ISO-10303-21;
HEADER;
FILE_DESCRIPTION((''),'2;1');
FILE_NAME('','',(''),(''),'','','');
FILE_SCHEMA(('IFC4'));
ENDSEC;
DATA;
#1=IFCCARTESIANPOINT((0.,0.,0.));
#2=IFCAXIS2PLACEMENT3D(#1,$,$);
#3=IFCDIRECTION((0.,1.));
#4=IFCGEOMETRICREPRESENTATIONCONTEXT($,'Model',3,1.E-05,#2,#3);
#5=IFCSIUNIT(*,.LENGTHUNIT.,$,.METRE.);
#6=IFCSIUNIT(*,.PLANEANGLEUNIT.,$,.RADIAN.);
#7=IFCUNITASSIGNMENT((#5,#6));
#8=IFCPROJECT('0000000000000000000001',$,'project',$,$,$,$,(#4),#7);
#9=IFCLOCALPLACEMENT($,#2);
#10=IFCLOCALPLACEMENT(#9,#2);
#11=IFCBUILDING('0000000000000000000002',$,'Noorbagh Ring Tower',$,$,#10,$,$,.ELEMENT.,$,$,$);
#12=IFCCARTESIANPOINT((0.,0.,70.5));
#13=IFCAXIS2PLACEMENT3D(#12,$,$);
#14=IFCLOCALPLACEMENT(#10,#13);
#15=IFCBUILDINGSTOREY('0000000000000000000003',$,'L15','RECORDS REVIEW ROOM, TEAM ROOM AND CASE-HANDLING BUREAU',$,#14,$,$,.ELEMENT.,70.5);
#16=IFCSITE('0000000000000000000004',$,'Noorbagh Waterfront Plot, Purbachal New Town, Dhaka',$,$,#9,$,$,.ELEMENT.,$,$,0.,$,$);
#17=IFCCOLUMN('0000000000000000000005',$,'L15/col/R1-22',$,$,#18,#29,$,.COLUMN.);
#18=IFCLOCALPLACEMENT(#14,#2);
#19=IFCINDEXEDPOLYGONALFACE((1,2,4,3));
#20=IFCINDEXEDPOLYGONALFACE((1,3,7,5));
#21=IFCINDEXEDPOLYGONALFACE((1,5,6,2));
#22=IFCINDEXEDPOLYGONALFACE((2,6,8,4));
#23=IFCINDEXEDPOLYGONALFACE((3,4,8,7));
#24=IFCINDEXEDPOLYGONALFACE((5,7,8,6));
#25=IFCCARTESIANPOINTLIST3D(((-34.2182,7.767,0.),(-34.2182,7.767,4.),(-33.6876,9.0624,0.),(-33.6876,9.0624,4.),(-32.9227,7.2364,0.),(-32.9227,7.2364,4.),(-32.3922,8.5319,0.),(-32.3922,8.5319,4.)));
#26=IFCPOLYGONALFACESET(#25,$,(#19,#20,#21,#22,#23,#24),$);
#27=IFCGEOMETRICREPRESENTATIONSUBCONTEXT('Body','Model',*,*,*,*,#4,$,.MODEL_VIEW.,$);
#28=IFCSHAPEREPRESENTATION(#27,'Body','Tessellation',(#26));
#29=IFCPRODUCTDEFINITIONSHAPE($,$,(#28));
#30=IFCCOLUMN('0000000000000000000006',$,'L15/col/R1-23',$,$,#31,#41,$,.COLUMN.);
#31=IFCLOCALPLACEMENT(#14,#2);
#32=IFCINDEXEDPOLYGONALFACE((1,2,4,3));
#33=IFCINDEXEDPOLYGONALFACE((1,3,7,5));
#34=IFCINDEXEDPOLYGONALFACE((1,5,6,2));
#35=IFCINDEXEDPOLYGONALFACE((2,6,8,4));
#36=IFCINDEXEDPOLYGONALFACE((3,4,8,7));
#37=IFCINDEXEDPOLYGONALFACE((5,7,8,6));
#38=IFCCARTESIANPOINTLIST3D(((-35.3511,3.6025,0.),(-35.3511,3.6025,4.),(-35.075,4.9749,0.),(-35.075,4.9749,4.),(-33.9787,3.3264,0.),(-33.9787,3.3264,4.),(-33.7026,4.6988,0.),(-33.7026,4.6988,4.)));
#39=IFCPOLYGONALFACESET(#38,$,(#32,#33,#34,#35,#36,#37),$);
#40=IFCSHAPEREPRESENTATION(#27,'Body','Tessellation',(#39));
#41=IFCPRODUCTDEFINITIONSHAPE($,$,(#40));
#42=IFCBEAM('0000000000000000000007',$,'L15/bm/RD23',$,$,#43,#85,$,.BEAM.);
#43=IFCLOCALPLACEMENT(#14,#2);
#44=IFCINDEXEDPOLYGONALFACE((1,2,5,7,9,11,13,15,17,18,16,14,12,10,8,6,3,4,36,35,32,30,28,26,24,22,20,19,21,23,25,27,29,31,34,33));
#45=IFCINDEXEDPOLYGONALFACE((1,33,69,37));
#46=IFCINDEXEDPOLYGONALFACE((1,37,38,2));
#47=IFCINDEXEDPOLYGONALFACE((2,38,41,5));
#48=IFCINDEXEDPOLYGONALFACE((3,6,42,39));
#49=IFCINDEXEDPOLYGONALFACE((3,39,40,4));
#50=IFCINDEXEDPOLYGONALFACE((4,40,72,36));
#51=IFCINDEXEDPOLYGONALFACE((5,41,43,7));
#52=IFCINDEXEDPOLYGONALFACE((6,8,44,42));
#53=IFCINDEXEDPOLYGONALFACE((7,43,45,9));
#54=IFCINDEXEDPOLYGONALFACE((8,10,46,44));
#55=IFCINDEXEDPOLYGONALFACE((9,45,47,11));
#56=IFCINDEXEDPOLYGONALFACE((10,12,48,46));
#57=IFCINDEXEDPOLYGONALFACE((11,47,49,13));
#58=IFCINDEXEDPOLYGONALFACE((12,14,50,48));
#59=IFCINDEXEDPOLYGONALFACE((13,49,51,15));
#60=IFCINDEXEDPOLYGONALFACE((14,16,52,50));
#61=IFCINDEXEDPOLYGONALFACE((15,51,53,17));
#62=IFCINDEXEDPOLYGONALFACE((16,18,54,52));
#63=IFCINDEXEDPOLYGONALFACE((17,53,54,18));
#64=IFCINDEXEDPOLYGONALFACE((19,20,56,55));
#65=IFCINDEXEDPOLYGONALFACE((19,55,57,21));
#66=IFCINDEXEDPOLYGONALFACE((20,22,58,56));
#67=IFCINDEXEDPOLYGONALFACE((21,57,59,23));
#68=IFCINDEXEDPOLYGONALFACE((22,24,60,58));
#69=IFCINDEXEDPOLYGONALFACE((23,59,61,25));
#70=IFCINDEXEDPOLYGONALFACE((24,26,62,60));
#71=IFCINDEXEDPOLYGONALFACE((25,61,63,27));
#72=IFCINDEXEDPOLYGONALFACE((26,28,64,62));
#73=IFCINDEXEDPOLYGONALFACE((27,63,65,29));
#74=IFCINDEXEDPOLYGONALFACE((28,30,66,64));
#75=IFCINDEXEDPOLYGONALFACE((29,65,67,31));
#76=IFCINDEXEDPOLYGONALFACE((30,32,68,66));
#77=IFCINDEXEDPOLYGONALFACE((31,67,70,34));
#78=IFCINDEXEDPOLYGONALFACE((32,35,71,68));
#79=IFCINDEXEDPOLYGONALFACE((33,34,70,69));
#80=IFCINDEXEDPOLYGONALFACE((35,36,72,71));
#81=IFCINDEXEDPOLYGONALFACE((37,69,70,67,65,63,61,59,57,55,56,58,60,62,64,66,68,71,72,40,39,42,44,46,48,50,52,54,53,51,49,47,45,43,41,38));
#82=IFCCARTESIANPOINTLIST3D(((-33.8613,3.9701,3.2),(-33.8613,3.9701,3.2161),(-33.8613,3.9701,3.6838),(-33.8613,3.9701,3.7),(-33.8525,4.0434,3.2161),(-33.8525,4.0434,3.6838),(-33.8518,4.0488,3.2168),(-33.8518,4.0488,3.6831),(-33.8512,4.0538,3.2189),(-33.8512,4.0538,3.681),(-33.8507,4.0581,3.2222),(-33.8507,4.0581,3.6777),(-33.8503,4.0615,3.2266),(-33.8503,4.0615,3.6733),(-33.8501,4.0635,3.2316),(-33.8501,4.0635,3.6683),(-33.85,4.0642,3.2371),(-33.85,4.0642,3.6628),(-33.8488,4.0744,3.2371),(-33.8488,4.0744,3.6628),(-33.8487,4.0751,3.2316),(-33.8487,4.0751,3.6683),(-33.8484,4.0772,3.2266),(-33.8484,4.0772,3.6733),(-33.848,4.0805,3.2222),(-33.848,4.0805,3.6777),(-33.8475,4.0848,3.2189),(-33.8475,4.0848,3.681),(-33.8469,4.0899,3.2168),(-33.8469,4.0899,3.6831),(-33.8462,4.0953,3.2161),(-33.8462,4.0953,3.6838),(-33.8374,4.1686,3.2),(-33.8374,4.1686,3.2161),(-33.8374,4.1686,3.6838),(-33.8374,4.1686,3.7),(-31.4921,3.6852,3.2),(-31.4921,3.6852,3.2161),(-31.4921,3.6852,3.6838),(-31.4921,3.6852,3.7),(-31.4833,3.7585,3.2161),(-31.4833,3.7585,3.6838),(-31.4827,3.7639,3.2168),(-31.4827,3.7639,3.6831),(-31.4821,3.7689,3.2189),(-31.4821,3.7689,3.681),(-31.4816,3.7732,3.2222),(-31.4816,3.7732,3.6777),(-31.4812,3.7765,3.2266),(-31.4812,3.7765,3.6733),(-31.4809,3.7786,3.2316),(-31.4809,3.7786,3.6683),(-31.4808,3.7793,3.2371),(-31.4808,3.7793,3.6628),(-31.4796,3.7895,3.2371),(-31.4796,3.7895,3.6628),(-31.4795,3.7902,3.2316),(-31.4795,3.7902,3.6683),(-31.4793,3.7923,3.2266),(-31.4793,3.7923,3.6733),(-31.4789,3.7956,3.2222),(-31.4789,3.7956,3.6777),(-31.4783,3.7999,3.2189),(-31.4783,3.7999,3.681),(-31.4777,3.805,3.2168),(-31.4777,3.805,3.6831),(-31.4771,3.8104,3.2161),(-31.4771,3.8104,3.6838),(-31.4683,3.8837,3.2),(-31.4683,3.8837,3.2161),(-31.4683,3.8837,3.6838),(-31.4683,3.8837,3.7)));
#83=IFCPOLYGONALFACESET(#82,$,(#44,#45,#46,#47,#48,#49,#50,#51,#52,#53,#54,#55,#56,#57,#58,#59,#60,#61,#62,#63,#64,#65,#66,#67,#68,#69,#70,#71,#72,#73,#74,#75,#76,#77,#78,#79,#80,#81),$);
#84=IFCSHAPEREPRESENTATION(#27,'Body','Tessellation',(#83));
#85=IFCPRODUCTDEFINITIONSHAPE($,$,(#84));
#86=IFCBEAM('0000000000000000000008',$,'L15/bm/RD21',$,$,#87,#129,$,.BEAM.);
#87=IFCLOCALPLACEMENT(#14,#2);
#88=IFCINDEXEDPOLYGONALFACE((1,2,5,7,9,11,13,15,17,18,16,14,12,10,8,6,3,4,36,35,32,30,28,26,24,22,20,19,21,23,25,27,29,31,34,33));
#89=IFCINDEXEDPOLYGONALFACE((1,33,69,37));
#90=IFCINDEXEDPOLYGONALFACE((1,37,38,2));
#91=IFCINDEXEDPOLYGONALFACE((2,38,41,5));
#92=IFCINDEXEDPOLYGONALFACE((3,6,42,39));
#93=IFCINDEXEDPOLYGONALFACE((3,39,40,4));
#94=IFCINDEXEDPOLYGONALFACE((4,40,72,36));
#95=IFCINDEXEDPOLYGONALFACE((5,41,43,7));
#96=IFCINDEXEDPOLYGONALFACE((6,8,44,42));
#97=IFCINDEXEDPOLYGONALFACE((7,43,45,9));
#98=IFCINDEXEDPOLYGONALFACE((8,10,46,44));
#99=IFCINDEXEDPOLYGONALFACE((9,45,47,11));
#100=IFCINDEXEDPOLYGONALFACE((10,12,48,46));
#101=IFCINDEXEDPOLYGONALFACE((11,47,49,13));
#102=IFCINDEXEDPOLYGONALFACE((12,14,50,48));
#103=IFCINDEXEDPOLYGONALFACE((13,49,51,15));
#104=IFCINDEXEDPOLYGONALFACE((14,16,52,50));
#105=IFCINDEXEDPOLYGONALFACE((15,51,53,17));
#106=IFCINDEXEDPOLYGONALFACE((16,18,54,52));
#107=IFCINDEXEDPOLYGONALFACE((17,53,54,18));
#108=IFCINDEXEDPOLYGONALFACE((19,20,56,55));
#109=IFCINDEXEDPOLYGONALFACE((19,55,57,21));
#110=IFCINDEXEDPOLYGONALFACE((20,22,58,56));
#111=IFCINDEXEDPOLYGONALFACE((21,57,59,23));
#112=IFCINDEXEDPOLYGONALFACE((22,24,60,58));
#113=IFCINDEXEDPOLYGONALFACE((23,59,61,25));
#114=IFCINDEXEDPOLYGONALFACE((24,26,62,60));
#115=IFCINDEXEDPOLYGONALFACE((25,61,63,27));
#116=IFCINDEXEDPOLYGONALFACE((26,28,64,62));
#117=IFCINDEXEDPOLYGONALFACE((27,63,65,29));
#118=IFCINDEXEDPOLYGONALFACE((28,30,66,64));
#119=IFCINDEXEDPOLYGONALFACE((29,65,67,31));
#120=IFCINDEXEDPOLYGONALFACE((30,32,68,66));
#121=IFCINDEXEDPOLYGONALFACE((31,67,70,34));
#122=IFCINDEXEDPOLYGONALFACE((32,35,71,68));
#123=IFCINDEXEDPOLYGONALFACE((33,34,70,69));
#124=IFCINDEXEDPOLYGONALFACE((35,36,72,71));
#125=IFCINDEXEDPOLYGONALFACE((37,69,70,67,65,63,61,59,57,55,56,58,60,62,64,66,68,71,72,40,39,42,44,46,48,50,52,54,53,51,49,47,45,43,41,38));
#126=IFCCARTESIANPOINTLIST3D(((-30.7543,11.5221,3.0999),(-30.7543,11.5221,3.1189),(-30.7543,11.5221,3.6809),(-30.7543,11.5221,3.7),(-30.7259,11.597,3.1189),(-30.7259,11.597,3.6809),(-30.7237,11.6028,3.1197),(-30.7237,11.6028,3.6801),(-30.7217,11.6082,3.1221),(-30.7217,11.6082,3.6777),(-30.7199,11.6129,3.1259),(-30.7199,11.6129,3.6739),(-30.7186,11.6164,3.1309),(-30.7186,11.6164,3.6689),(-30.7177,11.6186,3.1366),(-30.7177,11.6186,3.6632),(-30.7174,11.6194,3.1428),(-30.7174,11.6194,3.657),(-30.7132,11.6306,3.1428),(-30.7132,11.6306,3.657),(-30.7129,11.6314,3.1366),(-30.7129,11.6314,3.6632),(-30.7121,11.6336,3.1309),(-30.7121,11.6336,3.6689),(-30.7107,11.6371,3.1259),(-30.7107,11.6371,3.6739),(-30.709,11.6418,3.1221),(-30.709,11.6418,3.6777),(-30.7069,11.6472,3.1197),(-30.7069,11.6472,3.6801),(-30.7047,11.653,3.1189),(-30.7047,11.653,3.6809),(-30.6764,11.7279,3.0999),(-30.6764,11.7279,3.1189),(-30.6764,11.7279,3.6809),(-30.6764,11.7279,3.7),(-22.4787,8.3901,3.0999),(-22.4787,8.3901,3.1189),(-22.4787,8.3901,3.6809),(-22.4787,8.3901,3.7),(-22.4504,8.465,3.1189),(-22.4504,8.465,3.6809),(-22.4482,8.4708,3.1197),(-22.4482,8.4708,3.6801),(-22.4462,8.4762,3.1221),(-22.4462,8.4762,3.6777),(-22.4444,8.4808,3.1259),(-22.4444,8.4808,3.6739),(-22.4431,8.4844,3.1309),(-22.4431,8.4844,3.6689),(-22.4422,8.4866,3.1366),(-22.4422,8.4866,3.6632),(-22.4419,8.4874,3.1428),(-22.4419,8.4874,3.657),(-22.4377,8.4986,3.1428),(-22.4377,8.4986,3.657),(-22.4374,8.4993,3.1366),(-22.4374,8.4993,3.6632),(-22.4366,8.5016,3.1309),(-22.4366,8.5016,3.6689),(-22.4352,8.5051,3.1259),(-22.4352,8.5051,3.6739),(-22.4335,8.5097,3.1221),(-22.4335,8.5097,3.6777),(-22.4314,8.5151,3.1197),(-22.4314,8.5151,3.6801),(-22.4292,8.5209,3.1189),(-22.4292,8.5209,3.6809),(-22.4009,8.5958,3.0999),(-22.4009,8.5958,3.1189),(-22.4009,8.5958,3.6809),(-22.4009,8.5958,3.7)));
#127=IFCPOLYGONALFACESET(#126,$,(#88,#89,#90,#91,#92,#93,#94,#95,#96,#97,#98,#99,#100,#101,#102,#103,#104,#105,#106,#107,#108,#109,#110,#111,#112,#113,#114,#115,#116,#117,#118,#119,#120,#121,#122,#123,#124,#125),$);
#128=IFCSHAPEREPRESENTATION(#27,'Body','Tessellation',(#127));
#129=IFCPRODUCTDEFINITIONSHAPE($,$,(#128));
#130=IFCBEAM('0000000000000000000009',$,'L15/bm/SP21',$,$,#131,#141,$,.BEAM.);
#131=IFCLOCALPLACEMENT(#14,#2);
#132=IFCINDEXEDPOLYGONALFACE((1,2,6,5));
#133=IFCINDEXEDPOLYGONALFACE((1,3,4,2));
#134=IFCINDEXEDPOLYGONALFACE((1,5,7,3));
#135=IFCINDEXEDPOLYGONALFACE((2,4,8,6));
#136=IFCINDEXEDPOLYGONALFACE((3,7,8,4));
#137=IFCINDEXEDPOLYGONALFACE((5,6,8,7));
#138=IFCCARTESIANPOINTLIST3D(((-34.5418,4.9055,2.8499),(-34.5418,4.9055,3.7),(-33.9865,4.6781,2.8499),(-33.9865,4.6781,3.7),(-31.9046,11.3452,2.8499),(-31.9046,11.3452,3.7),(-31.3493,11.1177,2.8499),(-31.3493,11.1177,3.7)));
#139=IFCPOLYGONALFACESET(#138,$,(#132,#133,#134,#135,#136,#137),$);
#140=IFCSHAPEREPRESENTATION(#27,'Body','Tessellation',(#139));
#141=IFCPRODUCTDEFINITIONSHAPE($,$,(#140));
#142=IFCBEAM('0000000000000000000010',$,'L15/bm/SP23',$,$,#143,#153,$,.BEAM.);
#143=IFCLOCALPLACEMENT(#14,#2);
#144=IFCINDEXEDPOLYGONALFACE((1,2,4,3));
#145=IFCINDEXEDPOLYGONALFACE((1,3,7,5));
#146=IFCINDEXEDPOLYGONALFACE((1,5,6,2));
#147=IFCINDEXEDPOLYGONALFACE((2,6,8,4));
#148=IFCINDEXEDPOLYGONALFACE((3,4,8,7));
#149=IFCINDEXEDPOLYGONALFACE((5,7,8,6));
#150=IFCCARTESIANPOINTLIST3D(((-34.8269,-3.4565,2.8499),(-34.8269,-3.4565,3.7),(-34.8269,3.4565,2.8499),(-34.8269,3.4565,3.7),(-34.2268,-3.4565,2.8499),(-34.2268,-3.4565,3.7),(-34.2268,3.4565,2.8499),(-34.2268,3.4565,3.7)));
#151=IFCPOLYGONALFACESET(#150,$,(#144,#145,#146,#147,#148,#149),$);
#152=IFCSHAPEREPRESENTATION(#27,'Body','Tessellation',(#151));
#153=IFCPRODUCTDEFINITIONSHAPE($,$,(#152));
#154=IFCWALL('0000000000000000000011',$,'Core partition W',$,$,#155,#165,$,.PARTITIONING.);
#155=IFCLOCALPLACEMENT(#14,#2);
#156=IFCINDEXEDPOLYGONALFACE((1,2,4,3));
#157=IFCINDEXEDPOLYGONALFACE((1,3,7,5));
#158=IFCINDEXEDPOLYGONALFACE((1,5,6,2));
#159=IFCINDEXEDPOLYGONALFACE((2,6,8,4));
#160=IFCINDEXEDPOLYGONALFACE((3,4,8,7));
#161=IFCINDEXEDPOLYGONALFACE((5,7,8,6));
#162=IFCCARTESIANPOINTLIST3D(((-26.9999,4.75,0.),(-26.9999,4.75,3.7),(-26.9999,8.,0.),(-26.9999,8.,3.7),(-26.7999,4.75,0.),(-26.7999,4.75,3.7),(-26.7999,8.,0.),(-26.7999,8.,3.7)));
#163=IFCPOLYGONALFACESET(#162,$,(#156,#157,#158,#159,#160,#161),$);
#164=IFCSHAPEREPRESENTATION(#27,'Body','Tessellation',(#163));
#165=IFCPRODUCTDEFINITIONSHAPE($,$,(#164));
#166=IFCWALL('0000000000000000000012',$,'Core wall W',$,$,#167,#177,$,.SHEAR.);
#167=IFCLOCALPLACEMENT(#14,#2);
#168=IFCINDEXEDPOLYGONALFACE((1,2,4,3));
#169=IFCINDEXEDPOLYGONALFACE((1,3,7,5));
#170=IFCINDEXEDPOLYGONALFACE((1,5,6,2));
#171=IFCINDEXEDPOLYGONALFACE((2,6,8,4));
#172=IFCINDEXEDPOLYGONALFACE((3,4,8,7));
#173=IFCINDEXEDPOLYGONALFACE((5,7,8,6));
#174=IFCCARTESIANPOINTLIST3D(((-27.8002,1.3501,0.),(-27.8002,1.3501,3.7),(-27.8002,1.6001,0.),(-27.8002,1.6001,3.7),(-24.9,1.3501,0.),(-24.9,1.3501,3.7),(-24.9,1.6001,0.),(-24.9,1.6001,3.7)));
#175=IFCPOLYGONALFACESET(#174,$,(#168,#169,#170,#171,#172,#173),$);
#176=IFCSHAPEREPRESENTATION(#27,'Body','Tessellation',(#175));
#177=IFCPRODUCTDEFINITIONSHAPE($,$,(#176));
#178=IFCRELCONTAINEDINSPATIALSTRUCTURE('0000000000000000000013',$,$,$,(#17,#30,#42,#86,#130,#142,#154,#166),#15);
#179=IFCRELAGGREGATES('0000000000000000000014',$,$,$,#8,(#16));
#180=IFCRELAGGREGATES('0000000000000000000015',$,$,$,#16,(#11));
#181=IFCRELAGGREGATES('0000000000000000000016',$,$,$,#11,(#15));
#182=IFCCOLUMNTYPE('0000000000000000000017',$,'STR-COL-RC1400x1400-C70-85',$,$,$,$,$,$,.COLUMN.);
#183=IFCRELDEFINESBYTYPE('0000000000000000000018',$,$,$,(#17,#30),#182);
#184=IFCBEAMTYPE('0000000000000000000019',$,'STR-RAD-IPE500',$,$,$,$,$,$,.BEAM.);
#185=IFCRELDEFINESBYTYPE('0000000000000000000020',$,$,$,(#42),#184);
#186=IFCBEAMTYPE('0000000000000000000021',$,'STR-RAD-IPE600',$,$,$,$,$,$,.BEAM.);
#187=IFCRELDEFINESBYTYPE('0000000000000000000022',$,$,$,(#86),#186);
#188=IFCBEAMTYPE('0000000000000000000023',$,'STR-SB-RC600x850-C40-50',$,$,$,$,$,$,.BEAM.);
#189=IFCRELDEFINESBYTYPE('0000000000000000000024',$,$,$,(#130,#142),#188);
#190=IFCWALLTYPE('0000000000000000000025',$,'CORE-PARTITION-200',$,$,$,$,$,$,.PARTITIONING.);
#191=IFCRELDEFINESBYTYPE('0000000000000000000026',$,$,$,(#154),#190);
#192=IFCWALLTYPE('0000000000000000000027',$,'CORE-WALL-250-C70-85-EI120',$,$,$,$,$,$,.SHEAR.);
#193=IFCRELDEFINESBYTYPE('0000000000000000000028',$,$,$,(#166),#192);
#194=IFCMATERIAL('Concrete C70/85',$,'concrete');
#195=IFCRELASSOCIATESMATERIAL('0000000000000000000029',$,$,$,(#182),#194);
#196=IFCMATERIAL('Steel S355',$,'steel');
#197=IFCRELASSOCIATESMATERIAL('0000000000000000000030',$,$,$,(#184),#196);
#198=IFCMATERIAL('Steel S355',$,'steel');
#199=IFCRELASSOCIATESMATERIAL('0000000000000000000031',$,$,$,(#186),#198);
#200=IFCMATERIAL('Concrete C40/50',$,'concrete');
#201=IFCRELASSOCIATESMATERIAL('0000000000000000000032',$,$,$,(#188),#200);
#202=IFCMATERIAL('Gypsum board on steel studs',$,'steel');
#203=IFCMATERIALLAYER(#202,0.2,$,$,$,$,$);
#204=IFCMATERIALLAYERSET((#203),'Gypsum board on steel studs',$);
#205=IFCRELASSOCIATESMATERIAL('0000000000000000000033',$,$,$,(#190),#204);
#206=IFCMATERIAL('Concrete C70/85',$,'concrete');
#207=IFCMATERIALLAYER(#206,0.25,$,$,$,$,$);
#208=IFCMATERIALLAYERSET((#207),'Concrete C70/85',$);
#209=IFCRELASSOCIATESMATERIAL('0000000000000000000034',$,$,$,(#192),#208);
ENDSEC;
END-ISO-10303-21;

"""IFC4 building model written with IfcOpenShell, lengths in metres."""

from ifc_helpers import new_model, si_unit, direction, frame, frame_2d, origin, origin_2d, place, context, subcontext, project, spatial, rectangle, i_section, extrude, material, layer, layer_set, material_profile, profile_set, type_object, element, save


model = new_model("IFC4")

# Units and contexts
model_context = context("Model", 3, precision=1e-05, world=origin(), true_north=direction((0.0, 1.0)))
body_context = subcontext(model_context, "Body", "Model", "MODEL_VIEW")
ifc_project = project(units=[si_unit("LENGTHUNIT", "METRE"), si_unit("PLANEANGLEUNIT", "RADIAN")], contexts=[model_context])

# Site, building, storey
site_placement = place(None, origin())
site = spatial("IfcSite", under=ifc_project, at=site_placement, Name="Noorbagh Waterfront Plot, Purbachal New Town, Dhaka", CompositionType="ELEMENT", RefElevation=0.0)
building_placement = place(site_placement, origin())
building = spatial("IfcBuilding", under=site, at=building_placement, Name="Noorbagh Ring Tower", CompositionType="ELEMENT")
storey_placement = place(building_placement, frame((0.0, 0.0, 70.5)))
storey = spatial("IfcBuildingStorey", under=building, at=storey_placement, Name="L15", Description="RECORDS REVIEW ROOM, TEAM ROOM AND CASE-HANDLING BUREAU", CompositionType="ELEMENT", Elevation=70.5)

# Columns
ifc_material_1 = material(Name="Concrete C70/85", Category="concrete")
ifc_material_profile_1 = material_profile(ifc_material_1, rectangle(XDim=1.3999, YDim=1.3999, at=origin_2d()), Name="RC1400x1400")
ifc_profile_set_1 = profile_set([ifc_material_profile_1], Name="Concrete C70/85")
column_type = type_object("IfcColumnType", Name="STR-COL-RC1400x1400-C70-85", PredefinedType="COLUMN", material=ifc_profile_set_1)
for number, where, z_axis, x_axis, name in (
    (1, (-33.3052, 8.1494, 0.0), (0.0, 0.0, 1.0), (-0.378989, -0.925401, 0.0), "L15/col/R1-22"),
    (2, (-34.5269, 4.1506, 0.0), (0.0, 0.0, 1.0), (-0.19723, -0.980357, 0.0), "L15/col/R1-23"),
):
    element("IfcColumn", number, at=place(storey_placement, frame(where, z_axis=z_axis, x_axis=x_axis)), inside=storey, type_object=column_type, Name=name, PredefinedType="COLUMN", context=body_context, shape_type="SweptSolid", body=[
        extrude(rectangle(XDim=1.3999, YDim=1.3999, at=origin_2d()), origin(), (0.0, 0.0, 1.0), 4.0),
    ])

# Beams
ifc_material_2 = material(Name="Steel S355", Category="steel")
ifc_material_profile_2 = material_profile(ifc_material_2, i_section(OverallWidth=0.2, OverallDepth=0.5, WebThickness=0.0103, FlangeThickness=0.0161, FilletRadius=0.021, at=origin_2d()), Name="IPE500")
ifc_profile_set_2 = profile_set([ifc_material_profile_2], Name="Steel S355")
beam_type_1 = type_object("IfcBeamType", Name="STR-RAD-IPE500", PredefinedType="BEAM", material=ifc_profile_set_2)
beam_1_placement = place(storey_placement, frame((-33.8494, 4.0693, 3.45), z_axis=(0.992846, -0.119399, 0.0), x_axis=(0.119399, 0.992846, 0.0)))
element("IfcBeam", 3, at=beam_1_placement, inside=storey, type_object=beam_type_1, Name="L15/bm/RD23", PredefinedType="BEAM", context=body_context, shape_type="SweptSolid", body=[
    extrude(i_section(OverallWidth=0.2, OverallDepth=0.5, WebThickness=0.0103, FlangeThickness=0.0161, FilletRadius=0.021, at=origin_2d()), origin(), (0.0, 0.0, 1.0), 2.3862),
])
ifc_material_3 = material(Name="Steel S355", Category="steel")
ifc_material_profile_3 = material_profile(ifc_material_3, i_section(OverallWidth=0.22, OverallDepth=0.6001, WebThickness=0.012, FlangeThickness=0.019, FilletRadius=0.0239, at=origin_2d()), Name="IPE600")
ifc_profile_set_3 = profile_set([ifc_material_profile_3], Name="Steel S355")
beam_type_2 = type_object("IfcBeamType", Name="STR-RAD-IPE600", PredefinedType="BEAM", material=ifc_profile_set_3)
beam_2_placement = place(storey_placement, frame((-30.7153, 11.625, 3.3999), z_axis=(0.935258, -0.353967, 0.0), x_axis=(0.353967, 0.935258, 0.0)))
element("IfcBeam", 4, at=beam_2_placement, inside=storey, type_object=beam_type_2, Name="L15/bm/RD21", PredefinedType="BEAM", context=body_context, shape_type="SweptSolid", body=[
    extrude(i_section(OverallWidth=0.22, OverallDepth=0.6001, WebThickness=0.012, FlangeThickness=0.019, FilletRadius=0.0239, at=origin_2d()), origin(), (0.0, 0.0, 1.0), 8.8484),
])
ifc_material_4 = material(Name="Concrete C40/50", Category="concrete")
ifc_material_profile_4 = material_profile(ifc_material_4, rectangle(XDim=0.6001, YDim=0.8501, at=origin_2d()), Name="RC600x850")
ifc_profile_set_4 = profile_set([ifc_material_profile_4], Name="Concrete C40/50")
beam_type_3 = type_object("IfcBeamType", Name="STR-SB-RC600x850-C40-50", PredefinedType="BEAM", material=ifc_profile_set_4)
beam_3_placement = place(storey_placement, frame((-31.627, 11.2314, 3.2749), z_axis=(-0.378976, -0.925407, 0.0), x_axis=(0.925407, -0.378976, 0.0)))
element("IfcBeam", 5, at=beam_3_placement, inside=storey, type_object=beam_type_3, Name="L15/bm/SP21", PredefinedType="BEAM", context=body_context, shape_type="SweptSolid", body=[
    extrude(rectangle(XDim=0.6001, YDim=0.8501, at=origin_2d()), origin(), (0.0, 0.0, 1.0), 6.9587),
])
beam_4_placement = place(storey_placement, frame((-34.5269, 3.4565, 3.2749), z_axis=(0.0, -1.0, 0.0), x_axis=(1.0, 0.0, 0.0)))
element("IfcBeam", 6, at=beam_4_placement, inside=storey, type_object=beam_type_3, Name="L15/bm/SP23", PredefinedType="BEAM", context=body_context, shape_type="SweptSolid", body=[
    extrude(rectangle(XDim=0.6001, YDim=0.8501, at=origin_2d()), origin(), (0.0, 0.0, 1.0), 6.9131),
])

# Walls
ifc_material_5 = material(Name="Gypsum board on steel studs", Category="steel")
ifc_layer_1 = layer(ifc_material_5, 0.2)
ifc_layer_set_1 = layer_set([ifc_layer_1], Name="Gypsum board on steel studs")
wall_type_1 = type_object("IfcWallType", Name="CORE-PARTITION-200", PredefinedType="PARTITIONING", material=ifc_layer_set_1)
wall_1_placement = place(storey_placement, frame((-26.8999, 4.75, 0.0), z_axis=(0.0, 0.0, 1.0), x_axis=(0.0, 1.0, 0.0)))
element("IfcWall", 7, at=wall_1_placement, inside=storey, type_object=wall_type_1, Name="Core partition W", PredefinedType="PARTITIONING", context=body_context, shape_type="SweptSolid", body=[
    extrude(rectangle(XDim=3.25, YDim=0.2, at=frame_2d((1.625, 0.0))), origin(), (0.0, 0.0, 1.0), 3.7),
])
ifc_material_6 = material(Name="Concrete C70/85", Category="concrete")
ifc_layer_2 = layer(ifc_material_6, 0.25)
ifc_layer_set_2 = layer_set([ifc_layer_2], Name="Concrete C70/85")
wall_type_2 = type_object("IfcWallType", Name="CORE-WALL-250-C70-85-EI120", PredefinedType="SHEAR", material=ifc_layer_set_2)
wall_2_placement = place(storey_placement, frame((-24.8999, 1.4751, 0.0), z_axis=(0.0, 0.0, 1.0), x_axis=(-1.0, 0.0, 0.0)))
element("IfcWall", 8, at=wall_2_placement, inside=storey, type_object=wall_type_2, Name="Core wall W", PredefinedType="SHEAR", context=body_context, shape_type="SweptSolid", body=[
    extrude(rectangle(XDim=2.9001, YDim=0.25, at=frame_2d((1.4502, 0.0))), origin(), (0.0, 0.0, 1.0), 3.7),
])

save(model, "model.ifc")
